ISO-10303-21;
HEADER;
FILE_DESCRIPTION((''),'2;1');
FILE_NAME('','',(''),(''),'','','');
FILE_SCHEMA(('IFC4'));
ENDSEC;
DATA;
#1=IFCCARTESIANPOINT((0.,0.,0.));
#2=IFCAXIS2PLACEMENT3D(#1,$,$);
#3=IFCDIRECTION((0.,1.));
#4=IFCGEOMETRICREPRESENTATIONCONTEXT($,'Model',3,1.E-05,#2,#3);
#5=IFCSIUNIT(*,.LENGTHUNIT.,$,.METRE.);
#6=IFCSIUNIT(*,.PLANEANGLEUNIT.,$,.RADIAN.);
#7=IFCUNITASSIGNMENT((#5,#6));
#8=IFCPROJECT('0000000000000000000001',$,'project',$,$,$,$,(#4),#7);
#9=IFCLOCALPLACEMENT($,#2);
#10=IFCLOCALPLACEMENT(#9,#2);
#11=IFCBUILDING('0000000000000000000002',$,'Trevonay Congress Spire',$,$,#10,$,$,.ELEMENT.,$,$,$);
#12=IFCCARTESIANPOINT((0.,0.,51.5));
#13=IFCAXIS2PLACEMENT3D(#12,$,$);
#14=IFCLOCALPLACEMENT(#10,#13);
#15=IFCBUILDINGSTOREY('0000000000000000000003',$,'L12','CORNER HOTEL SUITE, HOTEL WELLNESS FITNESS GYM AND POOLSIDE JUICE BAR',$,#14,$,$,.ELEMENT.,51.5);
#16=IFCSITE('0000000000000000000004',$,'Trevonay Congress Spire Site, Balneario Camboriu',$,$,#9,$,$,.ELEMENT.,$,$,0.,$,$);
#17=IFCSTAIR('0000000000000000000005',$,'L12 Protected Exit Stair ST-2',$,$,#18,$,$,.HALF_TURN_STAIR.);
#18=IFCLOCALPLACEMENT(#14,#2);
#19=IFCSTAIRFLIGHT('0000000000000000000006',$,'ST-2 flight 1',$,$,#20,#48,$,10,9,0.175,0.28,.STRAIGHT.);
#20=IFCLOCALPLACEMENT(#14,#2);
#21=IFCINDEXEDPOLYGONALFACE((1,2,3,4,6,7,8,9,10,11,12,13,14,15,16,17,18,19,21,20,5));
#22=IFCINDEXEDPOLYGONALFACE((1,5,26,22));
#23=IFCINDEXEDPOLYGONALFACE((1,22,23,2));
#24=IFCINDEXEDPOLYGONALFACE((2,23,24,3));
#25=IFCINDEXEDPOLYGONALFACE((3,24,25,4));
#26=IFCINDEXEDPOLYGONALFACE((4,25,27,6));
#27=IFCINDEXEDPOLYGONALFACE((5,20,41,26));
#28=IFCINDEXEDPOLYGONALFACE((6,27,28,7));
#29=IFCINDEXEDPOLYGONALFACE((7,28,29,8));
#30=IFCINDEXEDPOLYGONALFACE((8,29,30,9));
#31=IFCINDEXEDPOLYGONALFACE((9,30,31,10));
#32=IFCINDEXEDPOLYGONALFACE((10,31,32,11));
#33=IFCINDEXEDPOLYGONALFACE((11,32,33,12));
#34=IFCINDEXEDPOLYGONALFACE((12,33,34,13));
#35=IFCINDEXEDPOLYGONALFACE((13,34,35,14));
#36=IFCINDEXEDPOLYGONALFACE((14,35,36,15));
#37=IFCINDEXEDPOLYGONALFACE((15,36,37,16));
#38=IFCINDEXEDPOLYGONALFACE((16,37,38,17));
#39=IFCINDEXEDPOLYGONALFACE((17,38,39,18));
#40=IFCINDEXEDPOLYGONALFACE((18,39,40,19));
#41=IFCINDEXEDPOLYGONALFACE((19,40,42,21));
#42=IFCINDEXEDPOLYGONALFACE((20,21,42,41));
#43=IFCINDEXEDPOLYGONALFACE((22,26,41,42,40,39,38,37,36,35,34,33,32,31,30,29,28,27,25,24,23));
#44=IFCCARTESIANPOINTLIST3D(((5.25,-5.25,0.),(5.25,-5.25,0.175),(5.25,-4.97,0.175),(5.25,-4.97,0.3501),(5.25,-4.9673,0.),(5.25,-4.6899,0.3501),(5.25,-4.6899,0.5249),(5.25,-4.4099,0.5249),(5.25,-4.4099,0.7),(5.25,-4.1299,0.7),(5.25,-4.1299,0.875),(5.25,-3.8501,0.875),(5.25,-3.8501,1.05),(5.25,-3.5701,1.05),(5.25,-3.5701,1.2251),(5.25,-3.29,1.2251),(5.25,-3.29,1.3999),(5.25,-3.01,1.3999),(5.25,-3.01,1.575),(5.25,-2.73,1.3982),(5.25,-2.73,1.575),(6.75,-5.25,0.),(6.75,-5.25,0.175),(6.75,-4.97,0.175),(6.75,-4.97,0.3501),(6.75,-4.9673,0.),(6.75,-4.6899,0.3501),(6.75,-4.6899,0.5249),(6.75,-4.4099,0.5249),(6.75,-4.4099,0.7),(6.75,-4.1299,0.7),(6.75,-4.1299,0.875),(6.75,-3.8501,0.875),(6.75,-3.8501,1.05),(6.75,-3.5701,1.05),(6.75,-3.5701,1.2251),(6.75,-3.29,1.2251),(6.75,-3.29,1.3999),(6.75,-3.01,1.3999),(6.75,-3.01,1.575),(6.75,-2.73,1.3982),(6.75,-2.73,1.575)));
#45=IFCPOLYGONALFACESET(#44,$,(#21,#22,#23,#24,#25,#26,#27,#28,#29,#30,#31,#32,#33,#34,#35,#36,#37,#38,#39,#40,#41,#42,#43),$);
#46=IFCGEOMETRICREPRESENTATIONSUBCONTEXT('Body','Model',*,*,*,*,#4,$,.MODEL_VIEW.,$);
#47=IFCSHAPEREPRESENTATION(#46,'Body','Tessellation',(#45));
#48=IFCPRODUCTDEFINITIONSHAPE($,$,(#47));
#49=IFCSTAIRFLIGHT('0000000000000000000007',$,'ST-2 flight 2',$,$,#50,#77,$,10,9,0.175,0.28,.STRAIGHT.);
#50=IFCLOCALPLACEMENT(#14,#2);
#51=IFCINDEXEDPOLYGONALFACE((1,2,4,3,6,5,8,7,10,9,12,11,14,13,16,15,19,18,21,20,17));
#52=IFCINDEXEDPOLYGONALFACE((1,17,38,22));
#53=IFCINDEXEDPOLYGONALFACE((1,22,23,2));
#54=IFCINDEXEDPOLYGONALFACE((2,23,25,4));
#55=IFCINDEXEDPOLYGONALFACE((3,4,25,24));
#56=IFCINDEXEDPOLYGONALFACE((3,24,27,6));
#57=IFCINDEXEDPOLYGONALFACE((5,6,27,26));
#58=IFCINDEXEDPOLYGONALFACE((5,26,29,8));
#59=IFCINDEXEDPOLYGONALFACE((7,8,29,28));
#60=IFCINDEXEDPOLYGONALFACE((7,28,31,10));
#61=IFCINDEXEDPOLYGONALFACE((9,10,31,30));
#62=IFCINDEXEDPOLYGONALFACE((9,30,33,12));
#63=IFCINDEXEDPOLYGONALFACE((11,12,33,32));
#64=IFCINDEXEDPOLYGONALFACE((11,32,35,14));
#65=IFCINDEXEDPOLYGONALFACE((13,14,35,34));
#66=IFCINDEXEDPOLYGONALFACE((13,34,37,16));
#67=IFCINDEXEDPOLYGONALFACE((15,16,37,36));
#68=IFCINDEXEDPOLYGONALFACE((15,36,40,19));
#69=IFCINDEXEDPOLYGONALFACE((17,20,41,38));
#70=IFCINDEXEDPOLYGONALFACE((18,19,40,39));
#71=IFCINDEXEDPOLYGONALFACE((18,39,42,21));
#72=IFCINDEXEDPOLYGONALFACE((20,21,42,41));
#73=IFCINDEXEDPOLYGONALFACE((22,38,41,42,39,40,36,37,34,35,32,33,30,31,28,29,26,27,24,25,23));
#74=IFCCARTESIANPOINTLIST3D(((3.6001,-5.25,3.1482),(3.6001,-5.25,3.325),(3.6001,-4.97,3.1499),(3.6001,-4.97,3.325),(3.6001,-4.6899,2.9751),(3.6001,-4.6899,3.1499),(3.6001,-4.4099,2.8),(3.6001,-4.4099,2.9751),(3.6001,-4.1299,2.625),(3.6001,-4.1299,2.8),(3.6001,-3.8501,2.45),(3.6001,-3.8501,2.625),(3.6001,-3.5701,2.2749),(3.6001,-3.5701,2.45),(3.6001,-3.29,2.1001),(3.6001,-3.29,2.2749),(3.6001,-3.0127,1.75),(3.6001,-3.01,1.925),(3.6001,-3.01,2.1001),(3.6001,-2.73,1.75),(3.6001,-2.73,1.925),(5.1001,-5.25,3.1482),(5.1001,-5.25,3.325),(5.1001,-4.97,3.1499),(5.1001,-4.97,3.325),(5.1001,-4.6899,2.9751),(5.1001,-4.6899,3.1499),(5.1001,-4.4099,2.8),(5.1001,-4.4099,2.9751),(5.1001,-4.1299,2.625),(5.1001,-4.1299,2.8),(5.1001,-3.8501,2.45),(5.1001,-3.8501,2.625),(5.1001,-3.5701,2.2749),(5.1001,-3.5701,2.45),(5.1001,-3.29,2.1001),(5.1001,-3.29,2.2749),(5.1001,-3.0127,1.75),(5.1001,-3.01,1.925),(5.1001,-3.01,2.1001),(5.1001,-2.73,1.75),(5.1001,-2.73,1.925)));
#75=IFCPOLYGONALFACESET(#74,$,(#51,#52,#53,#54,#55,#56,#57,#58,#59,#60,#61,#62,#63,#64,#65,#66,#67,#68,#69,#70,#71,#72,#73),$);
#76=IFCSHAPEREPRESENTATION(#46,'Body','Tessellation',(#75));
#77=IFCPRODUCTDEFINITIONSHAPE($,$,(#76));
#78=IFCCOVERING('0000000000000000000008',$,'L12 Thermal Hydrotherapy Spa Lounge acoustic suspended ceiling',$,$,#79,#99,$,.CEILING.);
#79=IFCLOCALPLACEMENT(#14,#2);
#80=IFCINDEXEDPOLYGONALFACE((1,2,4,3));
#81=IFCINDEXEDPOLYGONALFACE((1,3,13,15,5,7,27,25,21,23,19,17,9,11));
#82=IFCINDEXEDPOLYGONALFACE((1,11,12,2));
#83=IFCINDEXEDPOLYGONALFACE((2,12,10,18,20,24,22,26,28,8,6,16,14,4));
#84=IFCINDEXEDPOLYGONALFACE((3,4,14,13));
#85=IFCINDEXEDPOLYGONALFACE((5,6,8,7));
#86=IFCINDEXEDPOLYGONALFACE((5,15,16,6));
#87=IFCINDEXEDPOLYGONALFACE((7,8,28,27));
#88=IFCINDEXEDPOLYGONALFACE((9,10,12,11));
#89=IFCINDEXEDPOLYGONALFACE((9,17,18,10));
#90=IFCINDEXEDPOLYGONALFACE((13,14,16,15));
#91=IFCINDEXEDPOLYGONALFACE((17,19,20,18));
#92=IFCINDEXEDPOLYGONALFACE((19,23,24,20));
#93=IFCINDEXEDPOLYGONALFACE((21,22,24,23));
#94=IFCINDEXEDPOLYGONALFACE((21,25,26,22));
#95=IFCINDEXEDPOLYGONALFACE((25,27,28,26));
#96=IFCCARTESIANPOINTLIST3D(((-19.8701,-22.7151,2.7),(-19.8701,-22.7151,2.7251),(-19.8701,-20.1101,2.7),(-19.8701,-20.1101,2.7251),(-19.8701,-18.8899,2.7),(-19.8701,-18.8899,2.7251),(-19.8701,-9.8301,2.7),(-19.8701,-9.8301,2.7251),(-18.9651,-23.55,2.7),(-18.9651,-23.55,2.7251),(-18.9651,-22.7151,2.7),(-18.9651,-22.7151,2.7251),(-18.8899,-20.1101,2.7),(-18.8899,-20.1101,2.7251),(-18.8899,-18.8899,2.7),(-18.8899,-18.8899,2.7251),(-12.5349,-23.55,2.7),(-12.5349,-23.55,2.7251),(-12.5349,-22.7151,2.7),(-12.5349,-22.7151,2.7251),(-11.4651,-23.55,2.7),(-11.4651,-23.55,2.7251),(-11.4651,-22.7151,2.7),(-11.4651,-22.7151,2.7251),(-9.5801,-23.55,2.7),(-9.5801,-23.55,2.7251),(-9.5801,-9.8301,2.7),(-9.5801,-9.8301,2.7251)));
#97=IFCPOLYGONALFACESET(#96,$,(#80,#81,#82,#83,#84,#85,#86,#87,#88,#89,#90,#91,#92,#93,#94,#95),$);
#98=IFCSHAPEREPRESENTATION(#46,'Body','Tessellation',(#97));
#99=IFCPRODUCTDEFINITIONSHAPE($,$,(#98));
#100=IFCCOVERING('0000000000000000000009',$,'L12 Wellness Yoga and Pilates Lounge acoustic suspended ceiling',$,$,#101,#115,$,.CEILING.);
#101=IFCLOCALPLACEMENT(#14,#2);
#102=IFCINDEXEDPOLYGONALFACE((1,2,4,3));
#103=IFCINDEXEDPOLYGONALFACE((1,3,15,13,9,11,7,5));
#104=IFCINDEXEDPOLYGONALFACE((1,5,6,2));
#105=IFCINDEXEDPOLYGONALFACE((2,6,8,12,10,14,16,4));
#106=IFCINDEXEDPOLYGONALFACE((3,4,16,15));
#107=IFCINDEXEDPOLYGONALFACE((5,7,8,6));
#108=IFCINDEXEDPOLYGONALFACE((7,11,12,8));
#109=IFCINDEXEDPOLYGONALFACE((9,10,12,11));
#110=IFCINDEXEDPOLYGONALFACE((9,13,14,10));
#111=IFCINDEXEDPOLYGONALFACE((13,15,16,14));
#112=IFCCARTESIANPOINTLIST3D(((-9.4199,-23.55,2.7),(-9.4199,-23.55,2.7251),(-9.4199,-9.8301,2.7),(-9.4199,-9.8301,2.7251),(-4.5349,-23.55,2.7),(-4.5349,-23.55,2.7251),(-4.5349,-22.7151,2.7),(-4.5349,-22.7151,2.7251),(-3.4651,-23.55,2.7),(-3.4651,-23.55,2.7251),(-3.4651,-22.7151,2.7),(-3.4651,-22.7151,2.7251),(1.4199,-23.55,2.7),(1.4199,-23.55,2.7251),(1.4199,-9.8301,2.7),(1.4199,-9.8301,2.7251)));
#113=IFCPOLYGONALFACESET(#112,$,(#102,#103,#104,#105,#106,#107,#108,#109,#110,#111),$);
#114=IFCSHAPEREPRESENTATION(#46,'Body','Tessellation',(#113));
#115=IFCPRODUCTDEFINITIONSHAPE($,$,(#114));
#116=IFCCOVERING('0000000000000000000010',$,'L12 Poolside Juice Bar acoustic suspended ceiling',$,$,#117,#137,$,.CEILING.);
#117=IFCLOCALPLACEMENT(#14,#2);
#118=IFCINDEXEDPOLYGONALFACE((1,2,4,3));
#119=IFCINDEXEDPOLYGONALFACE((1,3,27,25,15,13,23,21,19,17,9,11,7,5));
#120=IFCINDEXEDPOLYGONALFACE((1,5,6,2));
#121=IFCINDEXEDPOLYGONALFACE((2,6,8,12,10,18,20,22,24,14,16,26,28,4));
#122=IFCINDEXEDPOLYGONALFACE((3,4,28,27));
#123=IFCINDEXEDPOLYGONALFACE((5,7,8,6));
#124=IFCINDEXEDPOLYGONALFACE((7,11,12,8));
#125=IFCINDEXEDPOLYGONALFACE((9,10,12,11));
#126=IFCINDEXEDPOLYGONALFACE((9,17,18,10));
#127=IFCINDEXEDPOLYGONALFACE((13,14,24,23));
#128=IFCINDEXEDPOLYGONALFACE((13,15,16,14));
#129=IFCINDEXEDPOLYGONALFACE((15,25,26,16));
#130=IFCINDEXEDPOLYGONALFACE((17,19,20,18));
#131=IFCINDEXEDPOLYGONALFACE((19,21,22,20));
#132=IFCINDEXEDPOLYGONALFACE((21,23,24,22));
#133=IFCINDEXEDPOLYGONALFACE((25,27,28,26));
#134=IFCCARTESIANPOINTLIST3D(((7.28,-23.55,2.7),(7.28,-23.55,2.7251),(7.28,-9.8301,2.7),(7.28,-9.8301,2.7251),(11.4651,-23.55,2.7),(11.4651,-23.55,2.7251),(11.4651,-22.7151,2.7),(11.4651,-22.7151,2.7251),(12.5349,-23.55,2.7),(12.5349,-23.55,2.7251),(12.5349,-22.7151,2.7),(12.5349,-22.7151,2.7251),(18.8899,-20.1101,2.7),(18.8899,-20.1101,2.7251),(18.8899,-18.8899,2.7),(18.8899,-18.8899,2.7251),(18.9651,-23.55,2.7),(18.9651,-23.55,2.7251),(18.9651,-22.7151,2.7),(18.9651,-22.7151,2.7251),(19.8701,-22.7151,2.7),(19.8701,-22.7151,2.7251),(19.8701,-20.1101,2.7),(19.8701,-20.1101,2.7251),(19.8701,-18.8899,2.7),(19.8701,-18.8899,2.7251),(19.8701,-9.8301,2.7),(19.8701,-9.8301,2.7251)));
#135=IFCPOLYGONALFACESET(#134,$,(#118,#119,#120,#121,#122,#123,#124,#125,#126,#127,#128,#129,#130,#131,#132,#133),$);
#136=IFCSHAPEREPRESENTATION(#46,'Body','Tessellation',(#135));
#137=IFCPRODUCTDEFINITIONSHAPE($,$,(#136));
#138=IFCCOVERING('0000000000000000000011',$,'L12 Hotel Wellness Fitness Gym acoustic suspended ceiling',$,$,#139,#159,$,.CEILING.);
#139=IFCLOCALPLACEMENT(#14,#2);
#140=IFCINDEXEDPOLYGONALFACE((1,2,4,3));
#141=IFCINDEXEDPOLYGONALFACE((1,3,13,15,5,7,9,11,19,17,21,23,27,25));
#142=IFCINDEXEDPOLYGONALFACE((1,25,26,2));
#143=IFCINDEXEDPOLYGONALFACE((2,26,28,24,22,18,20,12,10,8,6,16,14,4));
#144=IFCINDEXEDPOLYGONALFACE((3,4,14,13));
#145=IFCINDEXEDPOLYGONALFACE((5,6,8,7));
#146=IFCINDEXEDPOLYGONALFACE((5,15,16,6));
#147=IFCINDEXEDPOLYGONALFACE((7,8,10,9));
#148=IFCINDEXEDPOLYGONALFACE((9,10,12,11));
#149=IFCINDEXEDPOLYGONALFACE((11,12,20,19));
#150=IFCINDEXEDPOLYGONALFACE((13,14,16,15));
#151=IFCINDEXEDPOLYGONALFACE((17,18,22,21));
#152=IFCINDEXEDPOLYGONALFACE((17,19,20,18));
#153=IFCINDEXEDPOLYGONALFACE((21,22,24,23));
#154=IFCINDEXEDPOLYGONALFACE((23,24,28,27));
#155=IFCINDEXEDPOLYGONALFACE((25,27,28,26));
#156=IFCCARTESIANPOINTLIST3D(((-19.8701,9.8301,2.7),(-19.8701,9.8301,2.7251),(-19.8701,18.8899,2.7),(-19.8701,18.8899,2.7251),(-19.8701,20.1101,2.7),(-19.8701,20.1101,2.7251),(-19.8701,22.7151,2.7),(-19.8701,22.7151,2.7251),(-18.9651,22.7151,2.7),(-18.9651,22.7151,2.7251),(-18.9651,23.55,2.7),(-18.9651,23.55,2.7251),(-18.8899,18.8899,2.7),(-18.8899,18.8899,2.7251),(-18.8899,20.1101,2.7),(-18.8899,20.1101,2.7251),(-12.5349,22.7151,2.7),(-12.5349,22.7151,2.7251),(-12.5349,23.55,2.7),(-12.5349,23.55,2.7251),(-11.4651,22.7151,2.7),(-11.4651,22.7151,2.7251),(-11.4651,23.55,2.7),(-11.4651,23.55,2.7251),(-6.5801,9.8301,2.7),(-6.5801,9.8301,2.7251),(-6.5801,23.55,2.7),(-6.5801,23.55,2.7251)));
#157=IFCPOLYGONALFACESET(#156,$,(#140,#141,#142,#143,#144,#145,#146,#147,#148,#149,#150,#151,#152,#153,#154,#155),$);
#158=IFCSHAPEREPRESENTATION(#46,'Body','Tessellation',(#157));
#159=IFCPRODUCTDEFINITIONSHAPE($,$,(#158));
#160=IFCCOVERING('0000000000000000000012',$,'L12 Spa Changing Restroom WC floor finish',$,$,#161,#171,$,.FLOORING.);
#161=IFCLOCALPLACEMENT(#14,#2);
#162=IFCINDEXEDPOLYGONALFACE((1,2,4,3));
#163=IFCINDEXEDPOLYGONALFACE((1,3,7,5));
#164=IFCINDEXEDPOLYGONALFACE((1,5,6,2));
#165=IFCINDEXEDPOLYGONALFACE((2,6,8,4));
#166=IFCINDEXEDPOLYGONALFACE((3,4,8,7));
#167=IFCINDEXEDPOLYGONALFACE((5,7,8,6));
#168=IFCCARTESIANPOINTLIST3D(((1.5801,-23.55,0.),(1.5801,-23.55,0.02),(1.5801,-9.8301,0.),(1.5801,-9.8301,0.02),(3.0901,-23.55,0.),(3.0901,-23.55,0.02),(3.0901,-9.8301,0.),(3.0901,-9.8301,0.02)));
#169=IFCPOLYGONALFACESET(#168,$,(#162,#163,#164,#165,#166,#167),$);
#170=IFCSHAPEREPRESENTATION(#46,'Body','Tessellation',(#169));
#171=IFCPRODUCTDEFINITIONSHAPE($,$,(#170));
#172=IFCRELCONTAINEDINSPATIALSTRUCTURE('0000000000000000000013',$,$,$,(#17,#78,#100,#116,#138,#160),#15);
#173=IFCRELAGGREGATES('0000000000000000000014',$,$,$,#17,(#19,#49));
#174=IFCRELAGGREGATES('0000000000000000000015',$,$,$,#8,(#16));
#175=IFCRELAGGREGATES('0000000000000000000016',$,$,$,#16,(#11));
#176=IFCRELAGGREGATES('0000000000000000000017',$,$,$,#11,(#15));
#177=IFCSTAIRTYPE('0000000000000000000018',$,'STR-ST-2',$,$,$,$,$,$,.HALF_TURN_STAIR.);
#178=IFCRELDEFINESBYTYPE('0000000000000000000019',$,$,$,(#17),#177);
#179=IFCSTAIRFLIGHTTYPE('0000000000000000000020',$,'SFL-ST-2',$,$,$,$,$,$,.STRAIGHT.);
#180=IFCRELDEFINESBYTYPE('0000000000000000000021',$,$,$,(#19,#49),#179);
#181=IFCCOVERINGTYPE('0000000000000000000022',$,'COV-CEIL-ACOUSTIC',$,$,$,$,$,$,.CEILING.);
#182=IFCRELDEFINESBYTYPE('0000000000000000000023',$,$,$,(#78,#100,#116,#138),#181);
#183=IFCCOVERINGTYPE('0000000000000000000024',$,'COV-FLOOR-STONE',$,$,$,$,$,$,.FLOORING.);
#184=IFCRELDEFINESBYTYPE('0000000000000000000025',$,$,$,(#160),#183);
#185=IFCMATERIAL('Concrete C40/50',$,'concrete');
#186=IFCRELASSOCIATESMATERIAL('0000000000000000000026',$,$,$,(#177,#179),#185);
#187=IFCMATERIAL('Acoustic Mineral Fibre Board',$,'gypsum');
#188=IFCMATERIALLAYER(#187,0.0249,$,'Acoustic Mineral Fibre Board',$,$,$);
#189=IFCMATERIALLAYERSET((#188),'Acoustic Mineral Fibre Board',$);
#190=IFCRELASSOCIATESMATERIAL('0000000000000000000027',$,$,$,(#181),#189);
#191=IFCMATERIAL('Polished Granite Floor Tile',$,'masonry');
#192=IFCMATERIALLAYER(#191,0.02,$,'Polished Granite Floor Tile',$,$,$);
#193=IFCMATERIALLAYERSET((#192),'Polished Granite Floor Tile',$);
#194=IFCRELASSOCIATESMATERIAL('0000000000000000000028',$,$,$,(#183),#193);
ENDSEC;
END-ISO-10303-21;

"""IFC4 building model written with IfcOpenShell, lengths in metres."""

from ifc_helpers import new_model, si_unit, direction, frame, origin, place, context, subcontext, project, spatial, polyline, outline, extrude, material, layer, layer_set, type_object, element, aggregate, save


model = new_model("IFC4")

# Units and contexts
model_context = context("Model", 3, precision=1e-05, world=origin(), true_north=direction((0.0, 1.0)))
body_context = subcontext(model_context, "Body", "Model", "MODEL_VIEW")
ifc_project = project(units=[si_unit("LENGTHUNIT", "METRE"), si_unit("PLANEANGLEUNIT", "RADIAN")], contexts=[model_context])

# Site, building, storey
site_placement = place(None, origin())
site = spatial("IfcSite", under=ifc_project, at=site_placement, Name="Trevonay Congress Spire Site, Balneario Camboriu", CompositionType="ELEMENT", RefElevation=0.0)
building_placement = place(site_placement, origin())
building = spatial("IfcBuilding", under=site, at=building_placement, Name="Trevonay Congress Spire", CompositionType="ELEMENT")
storey_placement = place(building_placement, frame((0.0, 0.0, 51.5)))
storey = spatial("IfcBuildingStorey", under=building, at=storey_placement, Name="L12", Description="CORNER HOTEL SUITE, HOTEL WELLNESS FITNESS GYM AND POOLSIDE JUICE BAR", CompositionType="ELEMENT", Elevation=51.5)

# Shared definitions
ifc_material_1 = material(Name="Concrete C40/50", Category="concrete")

# Stair, stair flights
stair_type = type_object("IfcStairType", Name="STR-ST-2", PredefinedType="HALF_TURN_STAIR", material=ifc_material_1)
stair_placement = place(storey_placement, origin())
stair = element("IfcStair", 1, at=stair_placement, inside=storey, type_object=stair_type, Name="L12 Protected Exit Stair ST-2", PredefinedType="HALF_TURN_STAIR")
stair_flight_type = type_object("IfcStairFlightType", Name="SFL-ST-2", PredefinedType="STRAIGHT", material=ifc_material_1)
stair_flight_1_placement = place(storey_placement, frame((6.0, -5.25, 0.0), z_axis=(0.0, 0.0, 1.0), x_axis=(0.0, 1.0, 0.0)))
stair_flight_1 = element("IfcStairFlight", 2, at=stair_flight_1_placement, type_object=stair_flight_type, Name="ST-2 flight 1", NumberOfRisers=10, NumberOfTreads=9, PredefinedType="STRAIGHT", RiserHeight=0.175, TreadLength=0.28, context=body_context, shape_type="SweptSolid", body=[
    extrude(outline(polyline([(0.0, 0.0), (0.0, 0.175), (0.28, 0.175), (0.28, 0.3501), (0.5601, 0.3501), (0.5601, 0.5249), (0.8401, 0.5249), (0.8401, 0.7), (1.1201, 0.7), (1.1201, 0.875), (1.3999, 0.875), (1.3999, 1.05), (1.6799, 1.05), (1.6799, 1.2251), (1.96, 1.2251), (1.96, 1.3999), (2.24, 1.3999), (2.24, 1.575), (2.52, 1.575), (2.52, 1.75), (2.52, 1.3982), (0.2827, 0.0), (0.0, 0.0)])), frame((0.0, 0.75, 0.0), z_axis=(0.0, -1.0, 0.0), x_axis=(1.0, 0.0, 0.0)), (0.0, 0.0, 1.0), 1.5),
])
stair_flight_2_placement = place(storey_placement, frame((4.3501, -2.73, 1.75), z_axis=(0.0, 0.0, 1.0), x_axis=(0.0, -1.0, 0.0)))
stair_flight_2 = element("IfcStairFlight", 3, at=stair_flight_2_placement, type_object=stair_flight_type, Name="ST-2 flight 2", NumberOfRisers=10, NumberOfTreads=9, PredefinedType="STRAIGHT", RiserHeight=0.175, TreadLength=0.28, context=body_context, shape_type="SweptSolid", body=[
    extrude(outline(polyline([(0.0, 0.0), (0.0, 0.175), (0.28, 0.175), (0.28, 0.3501), (0.5601, 0.3501), (0.5601, 0.5249), (0.8401, 0.5249), (0.8401, 0.7), (1.1201, 0.7), (1.1201, 0.875), (1.3999, 0.875), (1.3999, 1.05), (1.6799, 1.05), (1.6799, 1.2251), (1.96, 1.2251), (1.96, 1.3999), (2.24, 1.3999), (2.24, 1.575), (2.52, 1.575), (2.52, 1.75), (2.52, 1.3982), (0.2827, 0.0), (0.0, 0.0)])), frame((0.0, 0.75, 0.0), z_axis=(0.0, -1.0, 0.0), x_axis=(1.0, 0.0, 0.0)), (0.0, 0.0, 1.0), 1.5),
])
aggregate(stair, [stair_flight_1, stair_flight_2])

# Coverings
ifc_material_2 = material(Name="Acoustic Mineral Fibre Board", Category="gypsum")
ifc_layer_1 = layer(ifc_material_2, 0.0249, Name="Acoustic Mineral Fibre Board")
ifc_layer_set_1 = layer_set([ifc_layer_1], Name="Acoustic Mineral Fibre Board")
covering_type_1 = type_object("IfcCoveringType", Name="COV-CEIL-ACOUSTIC", PredefinedType="CEILING", material=ifc_layer_set_1)
covering_1_placement = place(storey_placement, frame((0.0, 0.0, 2.7)))
element("IfcCovering", 4, at=covering_1_placement, inside=storey, type_object=covering_type_1, Name="L12 Thermal Hydrotherapy Spa Lounge acoustic suspended ceiling", PredefinedType="CEILING", context=body_context, shape_type="SweptSolid", body=[
    extrude(outline(polyline([(-18.9651, -23.55), (-18.9651, -22.7151), (-19.8701, -22.7151), (-19.8701, -20.1101), (-18.8899, -20.1101), (-18.8899, -18.8899), (-19.8701, -18.8899), (-19.8701, -9.8301), (-9.5801, -9.8301), (-9.5801, -23.55), (-11.4651, -23.55), (-11.4651, -22.7151), (-12.5349, -22.7151), (-12.5349, -23.55), (-18.9651, -23.55)])), origin(), (0.0, 0.0, 1.0), 0.0251),
])
covering_2_placement = place(storey_placement, frame((0.0, 0.0, 2.7)))
element("IfcCovering", 5, at=covering_2_placement, inside=storey, type_object=covering_type_1, Name="L12 Wellness Yoga and Pilates Lounge acoustic suspended ceiling", PredefinedType="CEILING", context=body_context, shape_type="SweptSolid", body=[
    extrude(outline(polyline([(-9.4199, -23.55), (-9.4199, -9.8301), (1.4199, -9.8301), (1.4199, -23.55), (-3.4651, -23.55), (-3.4651, -22.7151), (-4.5349, -22.7151), (-4.5349, -23.55), (-9.4199, -23.55)])), origin(), (0.0, 0.0, 1.0), 0.0251),
])
covering_3_placement = place(storey_placement, frame((0.0, 0.0, 2.7)))
element("IfcCovering", 6, at=covering_3_placement, inside=storey, type_object=covering_type_1, Name="L12 Poolside Juice Bar acoustic suspended ceiling", PredefinedType="CEILING", context=body_context, shape_type="SweptSolid", body=[
    extrude(outline(polyline([(7.28, -23.55), (7.28, -9.8301), (19.8701, -9.8301), (19.8701, -18.8899), (18.8899, -18.8899), (18.8899, -20.1101), (19.8701, -20.1101), (19.8701, -22.7151), (18.9651, -22.7151), (18.9651, -23.55), (12.5349, -23.55), (12.5349, -22.7151), (11.4651, -22.7151), (11.4651, -23.55), (7.28, -23.55)])), origin(), (0.0, 0.0, 1.0), 0.0251),
])
covering_4_placement = place(storey_placement, frame((0.0, 0.0, 2.7)))
element("IfcCovering", 7, at=covering_4_placement, inside=storey, type_object=covering_type_1, Name="L12 Hotel Wellness Fitness Gym acoustic suspended ceiling", PredefinedType="CEILING", context=body_context, shape_type="SweptSolid", body=[
    extrude(outline(polyline([(-6.5801, 23.55), (-6.5801, 9.8301), (-19.8701, 9.8301), (-19.8701, 18.8899), (-18.8899, 18.8899), (-18.8899, 20.1101), (-19.8701, 20.1101), (-19.8701, 22.7151), (-18.9651, 22.7151), (-18.9651, 23.55), (-12.5349, 23.55), (-12.5349, 22.7151), (-11.4651, 22.7151), (-11.4651, 23.55), (-6.5801, 23.55)])), origin(), (0.0, 0.0, 1.0), 0.0251),
])
ifc_material_3 = material(Name="Polished Granite Floor Tile", Category="masonry")
ifc_layer_2 = layer(ifc_material_3, 0.02, Name="Polished Granite Floor Tile")
ifc_layer_set_2 = layer_set([ifc_layer_2], Name="Polished Granite Floor Tile")
covering_type_2 = type_object("IfcCoveringType", Name="COV-FLOOR-STONE", PredefinedType="FLOORING", material=ifc_layer_set_2)
covering_5_placement = place(storey_placement, origin())
element("IfcCovering", 8, at=covering_5_placement, inside=storey, type_object=covering_type_2, Name="L12 Spa Changing Restroom WC floor finish", PredefinedType="FLOORING", context=body_context, shape_type="SweptSolid", body=[
    extrude(outline(polyline([(1.5801, -23.55), (3.0901, -23.55), (3.0901, -9.8301), (1.5801, -9.8301), (1.5801, -23.55)])), origin(), (0.0, 0.0, 1.0), 0.02),
])

save(model, "model.ifc")
